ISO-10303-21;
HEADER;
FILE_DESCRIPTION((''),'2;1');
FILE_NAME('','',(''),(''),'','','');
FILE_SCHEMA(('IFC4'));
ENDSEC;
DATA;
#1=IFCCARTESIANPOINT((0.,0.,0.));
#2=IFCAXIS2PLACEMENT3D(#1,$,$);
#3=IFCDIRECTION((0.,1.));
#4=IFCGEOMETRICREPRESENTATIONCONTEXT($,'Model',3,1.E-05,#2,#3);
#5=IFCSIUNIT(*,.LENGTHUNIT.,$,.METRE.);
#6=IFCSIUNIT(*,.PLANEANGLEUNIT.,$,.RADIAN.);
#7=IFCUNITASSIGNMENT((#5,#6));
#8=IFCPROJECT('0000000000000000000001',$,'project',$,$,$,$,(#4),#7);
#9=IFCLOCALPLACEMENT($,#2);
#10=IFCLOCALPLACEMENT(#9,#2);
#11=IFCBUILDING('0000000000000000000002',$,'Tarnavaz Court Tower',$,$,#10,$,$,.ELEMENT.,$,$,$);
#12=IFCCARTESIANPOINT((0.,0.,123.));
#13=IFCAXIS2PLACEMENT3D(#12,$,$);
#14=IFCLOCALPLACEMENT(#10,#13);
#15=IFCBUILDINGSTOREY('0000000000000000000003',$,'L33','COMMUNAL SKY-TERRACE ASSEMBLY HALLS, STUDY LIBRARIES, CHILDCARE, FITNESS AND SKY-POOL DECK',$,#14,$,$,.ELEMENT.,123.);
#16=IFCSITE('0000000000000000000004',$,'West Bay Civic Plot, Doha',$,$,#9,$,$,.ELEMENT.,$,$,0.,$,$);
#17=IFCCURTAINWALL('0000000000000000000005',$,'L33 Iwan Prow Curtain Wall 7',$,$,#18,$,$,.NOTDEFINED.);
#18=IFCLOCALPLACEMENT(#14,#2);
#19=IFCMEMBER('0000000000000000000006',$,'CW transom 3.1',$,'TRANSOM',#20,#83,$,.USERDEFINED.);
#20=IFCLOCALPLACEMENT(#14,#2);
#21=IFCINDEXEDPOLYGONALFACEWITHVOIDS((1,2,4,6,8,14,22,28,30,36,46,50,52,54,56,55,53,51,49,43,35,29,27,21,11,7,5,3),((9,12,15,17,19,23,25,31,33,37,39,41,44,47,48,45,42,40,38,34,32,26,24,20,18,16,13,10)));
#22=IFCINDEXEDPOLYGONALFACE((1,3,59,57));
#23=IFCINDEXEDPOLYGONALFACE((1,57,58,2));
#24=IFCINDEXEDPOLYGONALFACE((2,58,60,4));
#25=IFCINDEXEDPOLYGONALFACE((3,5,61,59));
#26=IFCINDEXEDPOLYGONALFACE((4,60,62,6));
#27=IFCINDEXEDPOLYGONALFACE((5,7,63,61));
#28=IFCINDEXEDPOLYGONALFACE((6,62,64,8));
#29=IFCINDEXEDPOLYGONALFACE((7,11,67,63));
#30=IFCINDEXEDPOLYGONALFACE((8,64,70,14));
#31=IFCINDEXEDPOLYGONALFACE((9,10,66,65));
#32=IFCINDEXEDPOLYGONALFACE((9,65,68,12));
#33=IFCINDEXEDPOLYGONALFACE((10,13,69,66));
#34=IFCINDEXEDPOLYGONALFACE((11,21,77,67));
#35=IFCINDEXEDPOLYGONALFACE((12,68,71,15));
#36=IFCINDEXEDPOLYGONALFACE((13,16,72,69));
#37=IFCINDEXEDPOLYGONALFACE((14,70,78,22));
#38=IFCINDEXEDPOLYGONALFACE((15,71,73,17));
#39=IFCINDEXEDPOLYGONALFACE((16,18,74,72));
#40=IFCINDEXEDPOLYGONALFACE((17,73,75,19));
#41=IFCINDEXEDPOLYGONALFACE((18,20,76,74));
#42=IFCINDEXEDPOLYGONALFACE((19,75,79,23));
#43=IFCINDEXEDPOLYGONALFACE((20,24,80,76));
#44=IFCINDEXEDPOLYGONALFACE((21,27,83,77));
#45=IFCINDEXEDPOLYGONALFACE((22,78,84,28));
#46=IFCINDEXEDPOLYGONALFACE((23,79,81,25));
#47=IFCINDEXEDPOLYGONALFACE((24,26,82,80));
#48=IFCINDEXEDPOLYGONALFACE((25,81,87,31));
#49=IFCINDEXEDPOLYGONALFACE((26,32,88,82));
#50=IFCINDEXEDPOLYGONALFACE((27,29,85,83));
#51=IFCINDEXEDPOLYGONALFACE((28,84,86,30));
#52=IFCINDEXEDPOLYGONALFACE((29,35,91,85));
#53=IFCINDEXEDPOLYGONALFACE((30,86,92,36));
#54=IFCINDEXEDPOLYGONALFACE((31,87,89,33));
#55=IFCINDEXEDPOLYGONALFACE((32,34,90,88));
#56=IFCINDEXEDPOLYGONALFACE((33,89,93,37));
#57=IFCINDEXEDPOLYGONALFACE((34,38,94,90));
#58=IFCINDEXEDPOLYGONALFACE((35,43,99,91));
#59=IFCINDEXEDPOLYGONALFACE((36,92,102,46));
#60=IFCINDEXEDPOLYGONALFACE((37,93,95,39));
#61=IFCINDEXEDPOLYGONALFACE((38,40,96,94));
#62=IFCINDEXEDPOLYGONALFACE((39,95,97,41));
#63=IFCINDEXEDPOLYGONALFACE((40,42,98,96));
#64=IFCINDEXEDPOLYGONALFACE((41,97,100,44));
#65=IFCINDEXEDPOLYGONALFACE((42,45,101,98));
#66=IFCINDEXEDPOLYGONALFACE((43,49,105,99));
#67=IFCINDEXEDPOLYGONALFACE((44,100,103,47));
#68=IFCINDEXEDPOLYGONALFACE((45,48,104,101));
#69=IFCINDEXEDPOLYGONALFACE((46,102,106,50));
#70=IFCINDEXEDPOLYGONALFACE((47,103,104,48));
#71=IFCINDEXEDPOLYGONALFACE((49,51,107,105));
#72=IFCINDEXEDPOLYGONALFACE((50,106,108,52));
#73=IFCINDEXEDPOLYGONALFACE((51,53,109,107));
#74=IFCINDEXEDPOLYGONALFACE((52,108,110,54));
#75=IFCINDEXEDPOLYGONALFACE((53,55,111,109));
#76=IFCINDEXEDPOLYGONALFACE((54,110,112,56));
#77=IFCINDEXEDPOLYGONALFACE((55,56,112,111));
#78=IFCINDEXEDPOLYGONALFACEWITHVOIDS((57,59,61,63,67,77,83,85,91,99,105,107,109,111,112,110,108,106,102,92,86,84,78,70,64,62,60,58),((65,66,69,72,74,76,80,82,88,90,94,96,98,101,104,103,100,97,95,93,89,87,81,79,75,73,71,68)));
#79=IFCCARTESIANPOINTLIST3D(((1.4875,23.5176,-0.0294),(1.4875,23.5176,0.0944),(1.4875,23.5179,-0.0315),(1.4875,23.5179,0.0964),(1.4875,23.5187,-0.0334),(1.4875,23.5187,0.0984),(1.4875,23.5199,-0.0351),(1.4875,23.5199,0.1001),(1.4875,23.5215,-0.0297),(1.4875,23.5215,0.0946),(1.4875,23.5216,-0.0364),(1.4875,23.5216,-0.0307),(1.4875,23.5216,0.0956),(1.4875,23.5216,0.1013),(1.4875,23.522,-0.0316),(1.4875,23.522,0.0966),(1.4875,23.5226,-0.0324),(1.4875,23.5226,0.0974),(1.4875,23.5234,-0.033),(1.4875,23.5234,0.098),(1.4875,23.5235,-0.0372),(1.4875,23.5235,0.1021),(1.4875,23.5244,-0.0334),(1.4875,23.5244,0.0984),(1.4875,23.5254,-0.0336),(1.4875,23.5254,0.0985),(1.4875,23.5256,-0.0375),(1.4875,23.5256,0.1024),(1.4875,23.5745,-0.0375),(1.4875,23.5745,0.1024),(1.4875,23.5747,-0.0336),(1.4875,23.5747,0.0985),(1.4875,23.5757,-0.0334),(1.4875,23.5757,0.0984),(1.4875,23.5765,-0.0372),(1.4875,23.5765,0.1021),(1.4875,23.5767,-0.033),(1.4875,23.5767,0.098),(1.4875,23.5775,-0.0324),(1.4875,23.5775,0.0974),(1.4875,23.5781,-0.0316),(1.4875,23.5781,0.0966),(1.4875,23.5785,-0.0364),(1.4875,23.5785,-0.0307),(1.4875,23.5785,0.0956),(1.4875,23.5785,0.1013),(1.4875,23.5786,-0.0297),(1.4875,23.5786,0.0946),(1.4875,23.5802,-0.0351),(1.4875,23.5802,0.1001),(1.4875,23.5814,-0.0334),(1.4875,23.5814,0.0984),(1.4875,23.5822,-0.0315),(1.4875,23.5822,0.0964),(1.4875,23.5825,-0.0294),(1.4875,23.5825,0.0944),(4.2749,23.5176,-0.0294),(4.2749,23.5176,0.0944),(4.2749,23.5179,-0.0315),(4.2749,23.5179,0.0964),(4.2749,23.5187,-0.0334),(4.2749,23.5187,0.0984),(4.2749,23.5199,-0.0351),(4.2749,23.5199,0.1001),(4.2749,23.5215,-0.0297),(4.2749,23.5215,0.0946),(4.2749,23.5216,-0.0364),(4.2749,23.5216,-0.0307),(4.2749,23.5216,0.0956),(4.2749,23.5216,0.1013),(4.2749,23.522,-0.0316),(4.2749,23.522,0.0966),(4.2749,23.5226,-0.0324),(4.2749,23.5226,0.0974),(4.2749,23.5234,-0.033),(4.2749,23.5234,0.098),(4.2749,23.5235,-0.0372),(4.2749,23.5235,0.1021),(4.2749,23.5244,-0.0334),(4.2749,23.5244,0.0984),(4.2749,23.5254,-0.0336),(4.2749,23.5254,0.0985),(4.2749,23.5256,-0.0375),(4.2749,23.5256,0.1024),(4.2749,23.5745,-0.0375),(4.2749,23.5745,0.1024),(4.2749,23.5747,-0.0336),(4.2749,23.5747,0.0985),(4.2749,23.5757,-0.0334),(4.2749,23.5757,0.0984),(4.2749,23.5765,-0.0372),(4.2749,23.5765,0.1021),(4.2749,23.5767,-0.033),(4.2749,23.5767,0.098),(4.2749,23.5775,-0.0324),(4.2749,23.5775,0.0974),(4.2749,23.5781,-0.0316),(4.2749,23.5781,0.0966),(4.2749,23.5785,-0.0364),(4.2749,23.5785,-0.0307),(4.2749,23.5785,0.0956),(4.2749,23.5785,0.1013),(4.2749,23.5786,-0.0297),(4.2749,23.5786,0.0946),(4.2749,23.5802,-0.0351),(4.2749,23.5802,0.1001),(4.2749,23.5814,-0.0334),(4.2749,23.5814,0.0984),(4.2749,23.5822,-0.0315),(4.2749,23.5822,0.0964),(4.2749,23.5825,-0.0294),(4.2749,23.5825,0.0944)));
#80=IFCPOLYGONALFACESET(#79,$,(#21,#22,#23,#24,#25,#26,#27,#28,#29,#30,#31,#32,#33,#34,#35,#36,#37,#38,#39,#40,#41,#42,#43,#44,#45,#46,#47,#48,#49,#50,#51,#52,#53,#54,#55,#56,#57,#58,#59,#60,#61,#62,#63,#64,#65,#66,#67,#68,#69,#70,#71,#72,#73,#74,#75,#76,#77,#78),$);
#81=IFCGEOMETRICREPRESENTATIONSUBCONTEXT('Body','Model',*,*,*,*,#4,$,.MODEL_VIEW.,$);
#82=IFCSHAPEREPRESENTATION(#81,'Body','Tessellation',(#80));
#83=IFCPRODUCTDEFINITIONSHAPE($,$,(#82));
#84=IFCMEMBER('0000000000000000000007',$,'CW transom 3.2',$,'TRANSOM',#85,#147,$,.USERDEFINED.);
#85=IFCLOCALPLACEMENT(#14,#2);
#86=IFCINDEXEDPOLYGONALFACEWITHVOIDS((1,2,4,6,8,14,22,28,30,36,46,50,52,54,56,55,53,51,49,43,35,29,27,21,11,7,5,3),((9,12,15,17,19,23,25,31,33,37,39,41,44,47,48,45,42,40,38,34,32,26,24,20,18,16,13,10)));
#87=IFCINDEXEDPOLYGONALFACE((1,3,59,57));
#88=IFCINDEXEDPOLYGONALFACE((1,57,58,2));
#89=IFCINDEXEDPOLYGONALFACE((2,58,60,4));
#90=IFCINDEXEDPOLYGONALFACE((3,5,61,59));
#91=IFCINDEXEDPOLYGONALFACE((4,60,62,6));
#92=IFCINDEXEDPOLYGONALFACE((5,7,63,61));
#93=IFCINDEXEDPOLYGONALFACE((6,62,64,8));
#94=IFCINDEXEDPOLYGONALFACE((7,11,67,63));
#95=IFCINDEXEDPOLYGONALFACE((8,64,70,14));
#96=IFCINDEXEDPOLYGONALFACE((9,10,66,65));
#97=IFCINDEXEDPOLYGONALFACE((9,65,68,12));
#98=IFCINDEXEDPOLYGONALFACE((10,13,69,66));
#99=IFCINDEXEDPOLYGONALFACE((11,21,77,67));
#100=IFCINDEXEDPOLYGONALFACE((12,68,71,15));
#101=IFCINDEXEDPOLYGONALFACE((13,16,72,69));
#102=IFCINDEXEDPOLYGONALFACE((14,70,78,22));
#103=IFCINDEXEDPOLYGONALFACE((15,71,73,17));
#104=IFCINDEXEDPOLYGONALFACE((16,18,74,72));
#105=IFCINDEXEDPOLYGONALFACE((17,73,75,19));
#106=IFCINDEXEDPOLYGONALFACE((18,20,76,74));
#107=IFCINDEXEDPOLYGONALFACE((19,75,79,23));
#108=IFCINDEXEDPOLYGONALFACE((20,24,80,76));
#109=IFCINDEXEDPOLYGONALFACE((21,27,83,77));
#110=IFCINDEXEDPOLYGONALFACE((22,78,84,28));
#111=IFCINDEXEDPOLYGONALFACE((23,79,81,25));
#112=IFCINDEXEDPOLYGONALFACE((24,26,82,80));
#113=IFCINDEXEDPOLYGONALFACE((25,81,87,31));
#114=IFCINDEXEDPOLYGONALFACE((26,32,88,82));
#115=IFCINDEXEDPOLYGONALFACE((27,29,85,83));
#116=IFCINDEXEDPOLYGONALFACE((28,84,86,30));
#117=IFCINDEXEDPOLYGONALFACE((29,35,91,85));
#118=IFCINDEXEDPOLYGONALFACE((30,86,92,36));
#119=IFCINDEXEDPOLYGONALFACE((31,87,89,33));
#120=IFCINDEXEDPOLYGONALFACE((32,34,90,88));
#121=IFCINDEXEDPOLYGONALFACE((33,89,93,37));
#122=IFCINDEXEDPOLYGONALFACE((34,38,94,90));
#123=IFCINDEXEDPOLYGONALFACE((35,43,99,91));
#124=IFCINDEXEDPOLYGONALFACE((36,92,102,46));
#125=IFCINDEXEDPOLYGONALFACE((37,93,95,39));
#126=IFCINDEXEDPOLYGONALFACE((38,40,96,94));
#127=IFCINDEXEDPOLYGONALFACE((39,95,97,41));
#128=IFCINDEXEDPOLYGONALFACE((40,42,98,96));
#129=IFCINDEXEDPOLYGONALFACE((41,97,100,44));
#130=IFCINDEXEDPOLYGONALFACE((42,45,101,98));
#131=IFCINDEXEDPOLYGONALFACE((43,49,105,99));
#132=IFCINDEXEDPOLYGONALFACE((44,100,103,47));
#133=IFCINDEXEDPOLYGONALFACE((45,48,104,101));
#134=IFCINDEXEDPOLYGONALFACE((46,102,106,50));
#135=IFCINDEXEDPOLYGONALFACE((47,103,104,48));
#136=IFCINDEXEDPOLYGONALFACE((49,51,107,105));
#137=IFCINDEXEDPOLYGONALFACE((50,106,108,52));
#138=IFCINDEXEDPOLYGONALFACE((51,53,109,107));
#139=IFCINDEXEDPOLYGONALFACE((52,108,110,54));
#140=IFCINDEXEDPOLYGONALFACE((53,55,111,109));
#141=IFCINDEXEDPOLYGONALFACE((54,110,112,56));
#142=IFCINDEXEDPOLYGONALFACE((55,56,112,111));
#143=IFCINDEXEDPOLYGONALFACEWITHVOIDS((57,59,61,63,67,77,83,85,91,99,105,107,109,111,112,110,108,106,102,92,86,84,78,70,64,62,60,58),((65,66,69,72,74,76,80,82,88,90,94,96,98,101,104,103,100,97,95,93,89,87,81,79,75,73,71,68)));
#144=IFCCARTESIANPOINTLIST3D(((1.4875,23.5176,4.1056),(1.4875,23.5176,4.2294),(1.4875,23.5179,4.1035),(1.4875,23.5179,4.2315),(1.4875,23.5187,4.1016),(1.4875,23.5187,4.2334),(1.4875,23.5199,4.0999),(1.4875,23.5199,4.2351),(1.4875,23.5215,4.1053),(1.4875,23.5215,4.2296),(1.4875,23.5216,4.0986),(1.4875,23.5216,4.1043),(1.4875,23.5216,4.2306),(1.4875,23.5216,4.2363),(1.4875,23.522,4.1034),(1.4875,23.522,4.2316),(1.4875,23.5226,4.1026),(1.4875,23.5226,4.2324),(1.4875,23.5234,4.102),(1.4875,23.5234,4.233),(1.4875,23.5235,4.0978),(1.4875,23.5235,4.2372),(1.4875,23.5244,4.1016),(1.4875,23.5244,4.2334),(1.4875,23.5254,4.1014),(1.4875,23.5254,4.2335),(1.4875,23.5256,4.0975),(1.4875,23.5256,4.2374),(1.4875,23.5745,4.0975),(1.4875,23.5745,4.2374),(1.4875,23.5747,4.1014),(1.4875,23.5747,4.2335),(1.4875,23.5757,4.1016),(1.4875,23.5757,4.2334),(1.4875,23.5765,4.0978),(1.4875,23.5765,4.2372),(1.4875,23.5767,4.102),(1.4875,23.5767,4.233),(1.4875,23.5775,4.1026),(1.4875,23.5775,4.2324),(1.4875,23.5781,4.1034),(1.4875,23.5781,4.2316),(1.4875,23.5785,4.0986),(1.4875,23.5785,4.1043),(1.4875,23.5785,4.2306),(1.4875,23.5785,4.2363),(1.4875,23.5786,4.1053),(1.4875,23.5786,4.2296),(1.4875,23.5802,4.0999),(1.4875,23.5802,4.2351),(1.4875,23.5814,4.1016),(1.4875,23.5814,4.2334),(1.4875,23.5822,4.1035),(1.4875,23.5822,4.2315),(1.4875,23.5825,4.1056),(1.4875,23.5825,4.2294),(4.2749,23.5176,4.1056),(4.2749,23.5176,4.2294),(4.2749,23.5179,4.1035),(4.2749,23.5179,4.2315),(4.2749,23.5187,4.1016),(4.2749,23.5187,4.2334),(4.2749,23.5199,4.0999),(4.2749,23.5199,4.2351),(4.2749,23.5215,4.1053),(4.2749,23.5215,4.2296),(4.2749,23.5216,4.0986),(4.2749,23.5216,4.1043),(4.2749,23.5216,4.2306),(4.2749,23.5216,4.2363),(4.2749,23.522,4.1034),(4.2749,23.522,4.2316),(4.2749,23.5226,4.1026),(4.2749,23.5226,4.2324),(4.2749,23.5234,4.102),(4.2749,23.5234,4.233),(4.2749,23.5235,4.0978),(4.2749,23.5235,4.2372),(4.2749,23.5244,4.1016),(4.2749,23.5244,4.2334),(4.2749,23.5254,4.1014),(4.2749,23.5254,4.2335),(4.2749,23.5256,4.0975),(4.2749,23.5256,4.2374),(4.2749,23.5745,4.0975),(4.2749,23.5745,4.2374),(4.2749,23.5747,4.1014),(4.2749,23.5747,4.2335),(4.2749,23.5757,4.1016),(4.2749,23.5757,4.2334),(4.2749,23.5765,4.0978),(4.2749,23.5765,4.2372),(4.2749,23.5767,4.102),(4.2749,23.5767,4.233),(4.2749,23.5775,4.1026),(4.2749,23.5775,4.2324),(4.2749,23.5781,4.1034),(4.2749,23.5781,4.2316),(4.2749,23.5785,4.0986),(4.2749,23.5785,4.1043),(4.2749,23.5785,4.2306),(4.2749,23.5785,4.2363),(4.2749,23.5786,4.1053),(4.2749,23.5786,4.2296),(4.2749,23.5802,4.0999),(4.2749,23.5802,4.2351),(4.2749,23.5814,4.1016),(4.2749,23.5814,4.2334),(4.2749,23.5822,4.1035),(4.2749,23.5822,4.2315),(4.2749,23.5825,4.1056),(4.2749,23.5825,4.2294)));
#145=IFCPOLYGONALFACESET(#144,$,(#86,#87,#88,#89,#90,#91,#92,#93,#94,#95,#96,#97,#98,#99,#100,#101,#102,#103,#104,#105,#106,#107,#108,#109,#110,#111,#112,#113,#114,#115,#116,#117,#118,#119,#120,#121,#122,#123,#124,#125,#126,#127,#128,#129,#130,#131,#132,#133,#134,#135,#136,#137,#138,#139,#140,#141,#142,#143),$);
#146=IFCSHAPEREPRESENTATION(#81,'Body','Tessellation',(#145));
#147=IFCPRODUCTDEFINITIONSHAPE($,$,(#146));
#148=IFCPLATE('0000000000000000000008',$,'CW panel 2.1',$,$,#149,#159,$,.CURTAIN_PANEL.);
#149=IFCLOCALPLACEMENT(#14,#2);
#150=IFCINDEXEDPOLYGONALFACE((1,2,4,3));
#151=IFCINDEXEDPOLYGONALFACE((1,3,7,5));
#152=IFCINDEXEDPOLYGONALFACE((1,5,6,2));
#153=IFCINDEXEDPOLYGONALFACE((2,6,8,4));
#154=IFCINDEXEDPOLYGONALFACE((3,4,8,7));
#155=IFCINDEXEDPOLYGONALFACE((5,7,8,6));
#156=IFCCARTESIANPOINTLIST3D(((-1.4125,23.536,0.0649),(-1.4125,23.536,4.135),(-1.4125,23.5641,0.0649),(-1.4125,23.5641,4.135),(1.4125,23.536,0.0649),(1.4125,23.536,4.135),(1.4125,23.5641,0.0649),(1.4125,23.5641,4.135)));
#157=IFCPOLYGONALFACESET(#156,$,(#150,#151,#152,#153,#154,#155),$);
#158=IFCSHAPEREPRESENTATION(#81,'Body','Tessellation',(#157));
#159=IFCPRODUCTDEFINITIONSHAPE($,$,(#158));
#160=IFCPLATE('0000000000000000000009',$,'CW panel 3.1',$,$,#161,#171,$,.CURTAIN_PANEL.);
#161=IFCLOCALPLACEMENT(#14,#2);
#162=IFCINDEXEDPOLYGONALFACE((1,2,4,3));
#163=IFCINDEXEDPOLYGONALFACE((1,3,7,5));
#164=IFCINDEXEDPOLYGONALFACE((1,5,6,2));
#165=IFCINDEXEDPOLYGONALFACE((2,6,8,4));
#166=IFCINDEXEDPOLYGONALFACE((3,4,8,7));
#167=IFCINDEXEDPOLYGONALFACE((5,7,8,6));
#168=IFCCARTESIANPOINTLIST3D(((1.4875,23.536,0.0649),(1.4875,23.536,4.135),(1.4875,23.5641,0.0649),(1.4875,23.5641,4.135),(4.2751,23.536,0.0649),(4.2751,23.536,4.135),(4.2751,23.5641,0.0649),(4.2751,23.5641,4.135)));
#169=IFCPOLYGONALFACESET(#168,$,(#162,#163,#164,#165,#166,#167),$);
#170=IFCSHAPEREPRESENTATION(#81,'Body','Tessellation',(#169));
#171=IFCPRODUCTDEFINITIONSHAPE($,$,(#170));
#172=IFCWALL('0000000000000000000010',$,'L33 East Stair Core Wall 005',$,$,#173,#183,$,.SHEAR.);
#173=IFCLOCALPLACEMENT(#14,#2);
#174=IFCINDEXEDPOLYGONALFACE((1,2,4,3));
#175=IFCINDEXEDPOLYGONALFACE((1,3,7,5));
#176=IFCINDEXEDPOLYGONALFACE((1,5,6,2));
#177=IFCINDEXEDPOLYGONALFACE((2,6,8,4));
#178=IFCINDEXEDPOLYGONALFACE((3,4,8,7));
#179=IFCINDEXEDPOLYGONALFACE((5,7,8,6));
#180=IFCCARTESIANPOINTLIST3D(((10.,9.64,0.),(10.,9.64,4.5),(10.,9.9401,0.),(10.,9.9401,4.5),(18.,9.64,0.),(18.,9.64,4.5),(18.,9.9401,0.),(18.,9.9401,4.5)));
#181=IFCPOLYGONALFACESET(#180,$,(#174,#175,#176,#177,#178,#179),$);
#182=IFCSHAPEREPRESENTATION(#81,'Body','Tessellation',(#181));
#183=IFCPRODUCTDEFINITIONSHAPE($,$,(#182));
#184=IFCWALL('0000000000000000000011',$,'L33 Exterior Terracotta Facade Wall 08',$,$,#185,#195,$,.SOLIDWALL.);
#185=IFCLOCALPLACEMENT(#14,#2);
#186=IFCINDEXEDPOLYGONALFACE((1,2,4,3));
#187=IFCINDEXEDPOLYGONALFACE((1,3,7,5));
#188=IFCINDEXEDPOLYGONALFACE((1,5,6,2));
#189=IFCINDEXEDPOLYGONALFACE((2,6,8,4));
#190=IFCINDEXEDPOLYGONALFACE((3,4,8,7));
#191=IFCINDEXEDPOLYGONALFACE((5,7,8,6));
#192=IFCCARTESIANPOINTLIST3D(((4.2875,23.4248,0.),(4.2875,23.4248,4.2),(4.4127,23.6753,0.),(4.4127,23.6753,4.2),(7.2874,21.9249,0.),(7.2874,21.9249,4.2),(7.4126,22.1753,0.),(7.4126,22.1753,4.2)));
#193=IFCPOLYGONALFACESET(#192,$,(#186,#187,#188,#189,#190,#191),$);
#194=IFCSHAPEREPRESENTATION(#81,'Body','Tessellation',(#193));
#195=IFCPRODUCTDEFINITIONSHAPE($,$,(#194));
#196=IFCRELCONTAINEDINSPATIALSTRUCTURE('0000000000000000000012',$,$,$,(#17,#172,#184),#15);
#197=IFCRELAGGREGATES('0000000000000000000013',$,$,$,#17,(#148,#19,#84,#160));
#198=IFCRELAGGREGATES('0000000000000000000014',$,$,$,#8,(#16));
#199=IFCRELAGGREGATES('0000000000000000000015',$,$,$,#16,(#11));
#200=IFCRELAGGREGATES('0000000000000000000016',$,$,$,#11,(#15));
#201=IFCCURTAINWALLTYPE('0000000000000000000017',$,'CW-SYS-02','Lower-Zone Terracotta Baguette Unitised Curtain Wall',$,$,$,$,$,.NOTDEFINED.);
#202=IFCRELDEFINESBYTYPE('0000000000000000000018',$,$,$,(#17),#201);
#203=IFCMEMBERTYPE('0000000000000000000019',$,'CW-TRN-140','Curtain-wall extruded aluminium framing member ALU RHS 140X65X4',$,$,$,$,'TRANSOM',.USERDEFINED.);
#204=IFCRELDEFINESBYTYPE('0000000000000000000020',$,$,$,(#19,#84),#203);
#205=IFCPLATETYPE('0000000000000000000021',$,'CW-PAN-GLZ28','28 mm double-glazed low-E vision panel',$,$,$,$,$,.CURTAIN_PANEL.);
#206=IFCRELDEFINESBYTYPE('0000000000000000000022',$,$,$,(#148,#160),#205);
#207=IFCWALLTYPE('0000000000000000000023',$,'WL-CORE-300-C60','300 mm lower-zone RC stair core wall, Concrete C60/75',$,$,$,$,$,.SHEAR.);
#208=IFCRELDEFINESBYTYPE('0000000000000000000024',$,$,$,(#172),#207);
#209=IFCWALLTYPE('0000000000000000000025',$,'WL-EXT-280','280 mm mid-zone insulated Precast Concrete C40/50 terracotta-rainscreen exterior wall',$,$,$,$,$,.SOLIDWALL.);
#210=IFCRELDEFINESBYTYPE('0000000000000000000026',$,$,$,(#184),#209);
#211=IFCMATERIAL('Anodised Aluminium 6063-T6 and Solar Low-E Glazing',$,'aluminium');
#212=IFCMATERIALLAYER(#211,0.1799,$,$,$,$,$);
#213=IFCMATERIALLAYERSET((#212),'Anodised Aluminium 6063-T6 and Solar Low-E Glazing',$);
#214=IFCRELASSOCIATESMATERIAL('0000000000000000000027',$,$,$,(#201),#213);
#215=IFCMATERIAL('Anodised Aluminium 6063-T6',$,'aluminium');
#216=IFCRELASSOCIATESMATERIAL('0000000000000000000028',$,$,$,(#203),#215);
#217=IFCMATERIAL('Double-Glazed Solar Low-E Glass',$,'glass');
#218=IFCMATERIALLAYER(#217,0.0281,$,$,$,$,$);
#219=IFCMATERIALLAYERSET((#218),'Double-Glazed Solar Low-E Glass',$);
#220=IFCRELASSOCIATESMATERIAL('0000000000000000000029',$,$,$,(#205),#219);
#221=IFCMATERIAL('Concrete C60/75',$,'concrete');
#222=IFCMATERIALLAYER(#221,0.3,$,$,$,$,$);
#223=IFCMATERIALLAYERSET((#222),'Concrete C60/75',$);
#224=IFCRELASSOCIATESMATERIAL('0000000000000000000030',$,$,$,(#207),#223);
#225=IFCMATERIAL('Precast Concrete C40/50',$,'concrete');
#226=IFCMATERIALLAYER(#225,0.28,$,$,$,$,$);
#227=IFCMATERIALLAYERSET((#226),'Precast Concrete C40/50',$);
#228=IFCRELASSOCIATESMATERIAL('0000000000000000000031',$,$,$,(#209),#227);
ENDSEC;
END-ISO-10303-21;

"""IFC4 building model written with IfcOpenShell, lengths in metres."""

from ifc_helpers import new_model, si_unit, direction, frame, frame_2d, origin, origin_2d, place, context, subcontext, project, spatial, rectangle, hollow_rectangle, extrude, material, layer, layer_set, material_profile, profile_set, type_object, element, aggregate, save


model = new_model("IFC4")

# Units and contexts
model_context = context("Model", 3, precision=1e-05, world=origin(), true_north=direction((0.0, 1.0)))
body_context = subcontext(model_context, "Body", "Model", "MODEL_VIEW")
ifc_project = project(units=[si_unit("LENGTHUNIT", "METRE"), si_unit("PLANEANGLEUNIT", "RADIAN")], contexts=[model_context])

# Site, building, storey
site_placement = place(None, origin())
site = spatial("IfcSite", under=ifc_project, at=site_placement, Name="West Bay Civic Plot, Doha", CompositionType="ELEMENT", RefElevation=0.0)
building_placement = place(site_placement, origin())
building = spatial("IfcBuilding", under=site, at=building_placement, Name="Tarnavaz Court Tower", CompositionType="ELEMENT")
storey_placement = place(building_placement, frame((0.0, 0.0, 123.0)))
storey = spatial("IfcBuildingStorey", under=building, at=storey_placement, Name="L33", Description="COMMUNAL SKY-TERRACE ASSEMBLY HALLS, STUDY LIBRARIES, CHILDCARE, FITNESS AND SKY-POOL DECK", CompositionType="ELEMENT", Elevation=123.0)

# Shared definitions
ifc_material_1 = material(Name="Concrete C60/75", Category="concrete")

# Curtain wall, members, plates
ifc_material_2 = material(Name="Anodised Aluminium 6063-T6 and Solar Low-E Glazing", Category="aluminium")
ifc_layer_1 = layer(ifc_material_2, 0.1799)
ifc_layer_set_1 = layer_set([ifc_layer_1], Name="Anodised Aluminium 6063-T6 and Solar Low-E Glazing")
curtain_wall_type = type_object("IfcCurtainWallType", Name="CW-SYS-02", Description="Lower-Zone Terracotta Baguette Unitised Curtain Wall", PredefinedType="NOTDEFINED", material=ifc_layer_set_1)
curtain_wall_placement = place(storey_placement, origin())
curtain_wall = element("IfcCurtainWall", 1, at=curtain_wall_placement, inside=storey, type_object=curtain_wall_type, Name="L33 Iwan Prow Curtain Wall 7", PredefinedType="NOTDEFINED")
ifc_material_3 = material(Name="Anodised Aluminium 6063-T6", Category="aluminium")
ifc_material_profile_1 = material_profile(ifc_material_3, hollow_rectangle(XDim=0.0649, YDim=0.1399, WallThickness=0.0039, InnerFilletRadius=0.0039, OuterFilletRadius=0.0081, at=origin_2d()), Name="ALU RHS 140X65X4")
ifc_profile_set_1 = profile_set([ifc_material_profile_1], Name="Anodised Aluminium 6063-T6")
member_type_1 = type_object("IfcMemberType", Name="CW-TRN-140", Description="Curtain-wall extruded aluminium framing member ALU RHS 140X65X4", ElementType="TRANSOM", PredefinedType="USERDEFINED", material=ifc_profile_set_1)
member_1_placement = place(storey_placement, frame((1.4875, 23.55, 0.0325), z_axis=(1.0, 0.0, 0.0), x_axis=(0.0, 1.0, 0.0)))
member_1 = element("IfcMember", 2, at=member_1_placement, type_object=member_type_1, Name="CW transom 3.1", ObjectType="TRANSOM", PredefinedType="USERDEFINED", context=body_context, shape_type="SweptSolid", body=[
    extrude(hollow_rectangle(XDim=0.0649, YDim=0.1399, WallThickness=0.0039, InnerFilletRadius=0.0039, OuterFilletRadius=0.0081, at=origin_2d()), origin(), (0.0, 0.0, 1.0), 2.7874),
])
member_2_placement = place(storey_placement, frame((1.4875, 23.55, 4.1675), z_axis=(1.0, 0.0, 0.0), x_axis=(0.0, 1.0, 0.0)))
member_2 = element("IfcMember", 3, at=member_2_placement, type_object=member_type_1, Name="CW transom 3.2", ObjectType="TRANSOM", PredefinedType="USERDEFINED", context=body_context, shape_type="SweptSolid", body=[
    extrude(hollow_rectangle(XDim=0.0649, YDim=0.1399, WallThickness=0.0039, InnerFilletRadius=0.0039, OuterFilletRadius=0.0081, at=origin_2d()), origin(), (0.0, 0.0, 1.0), 2.7874),
])
ifc_material_4 = material(Name="Double-Glazed Solar Low-E Glass", Category="glass")
ifc_layer_2 = layer(ifc_material_4, 0.0281)
ifc_layer_set_2 = layer_set([ifc_layer_2], Name="Double-Glazed Solar Low-E Glass")
plate_type = type_object("IfcPlateType", Name="CW-PAN-GLZ28", Description="28 mm double-glazed low-E vision panel", PredefinedType="CURTAIN_PANEL", material=ifc_layer_set_2)
plate_1_placement = place(storey_placement, frame((0.0, 23.55, 0.0649), z_axis=(0.0, 0.0, 1.0), x_axis=(1.0, 0.0, 0.0)))
plate_1 = element("IfcPlate", 4, at=plate_1_placement, type_object=plate_type, Name="CW panel 2.1", PredefinedType="CURTAIN_PANEL", context=body_context, shape_type="SweptSolid", body=[
    extrude(rectangle(XDim=2.825, YDim=0.0281, at=origin_2d()), origin(), (0.0, 0.0, 1.0), 4.0701),
])
plate_2_placement = place(storey_placement, frame((2.8813, 23.55, 0.0649), z_axis=(0.0, 0.0, 1.0), x_axis=(1.0, 0.0, 0.0)))
plate_2 = element("IfcPlate", 5, at=plate_2_placement, type_object=plate_type, Name="CW panel 3.1", PredefinedType="CURTAIN_PANEL", context=body_context, shape_type="SweptSolid", body=[
    extrude(rectangle(XDim=2.7876, YDim=0.0281, at=origin_2d()), origin(), (0.0, 0.0, 1.0), 4.0701),
])
aggregate(curtain_wall, [plate_1, member_1, member_2, plate_2])

# Walls
ifc_layer_3 = layer(ifc_material_1, 0.3)
ifc_layer_set_3 = layer_set([ifc_layer_3], Name="Concrete C60/75")
wall_type_1 = type_object("IfcWallType", Name="WL-CORE-300-C60", Description="300 mm lower-zone RC stair core wall, Concrete C60/75", PredefinedType="SHEAR", material=ifc_layer_set_3)
wall_1_placement = place(storey_placement, frame((10.0, 9.79, 0.0), z_axis=(0.0, 0.0, 1.0), x_axis=(1.0, 0.0, 0.0)))
element("IfcWall", 6, at=wall_1_placement, inside=storey, type_object=wall_type_1, Name="L33 East Stair Core Wall 005", PredefinedType="SHEAR", context=body_context, shape_type="SweptSolid", body=[
    extrude(rectangle(XDim=8.0, YDim=0.3, at=frame_2d((4.0, 0.0))), origin(), (0.0, 0.0, 1.0), 4.5),
])
ifc_material_5 = material(Name="Precast Concrete C40/50", Category="concrete")
ifc_layer_4 = layer(ifc_material_5, 0.28)
ifc_layer_set_4 = layer_set([ifc_layer_4], Name="Precast Concrete C40/50")
wall_type_2 = type_object("IfcWallType", Name="WL-EXT-280", Description="280 mm mid-zone insulated Precast Concrete C40/50 terracotta-rainscreen exterior wall", PredefinedType="SOLIDWALL", material=ifc_layer_set_4)
wall_2_placement = place(storey_placement, frame((4.3501, 23.55, 0.0), z_axis=(0.0, 0.0, 1.0), x_axis=(0.894427, -0.447214, 0.0)))
element("IfcWall", 7, at=wall_2_placement, inside=storey, type_object=wall_type_2, Name="L33 Exterior Terracotta Facade Wall 08", PredefinedType="SOLIDWALL", context=body_context, shape_type="SweptSolid", body=[
    extrude(rectangle(XDim=3.354, YDim=0.28, at=frame_2d((1.677, 0.0))), origin(), (0.0, 0.0, 1.0), 4.2),
])

save(model, "model.ifc")
